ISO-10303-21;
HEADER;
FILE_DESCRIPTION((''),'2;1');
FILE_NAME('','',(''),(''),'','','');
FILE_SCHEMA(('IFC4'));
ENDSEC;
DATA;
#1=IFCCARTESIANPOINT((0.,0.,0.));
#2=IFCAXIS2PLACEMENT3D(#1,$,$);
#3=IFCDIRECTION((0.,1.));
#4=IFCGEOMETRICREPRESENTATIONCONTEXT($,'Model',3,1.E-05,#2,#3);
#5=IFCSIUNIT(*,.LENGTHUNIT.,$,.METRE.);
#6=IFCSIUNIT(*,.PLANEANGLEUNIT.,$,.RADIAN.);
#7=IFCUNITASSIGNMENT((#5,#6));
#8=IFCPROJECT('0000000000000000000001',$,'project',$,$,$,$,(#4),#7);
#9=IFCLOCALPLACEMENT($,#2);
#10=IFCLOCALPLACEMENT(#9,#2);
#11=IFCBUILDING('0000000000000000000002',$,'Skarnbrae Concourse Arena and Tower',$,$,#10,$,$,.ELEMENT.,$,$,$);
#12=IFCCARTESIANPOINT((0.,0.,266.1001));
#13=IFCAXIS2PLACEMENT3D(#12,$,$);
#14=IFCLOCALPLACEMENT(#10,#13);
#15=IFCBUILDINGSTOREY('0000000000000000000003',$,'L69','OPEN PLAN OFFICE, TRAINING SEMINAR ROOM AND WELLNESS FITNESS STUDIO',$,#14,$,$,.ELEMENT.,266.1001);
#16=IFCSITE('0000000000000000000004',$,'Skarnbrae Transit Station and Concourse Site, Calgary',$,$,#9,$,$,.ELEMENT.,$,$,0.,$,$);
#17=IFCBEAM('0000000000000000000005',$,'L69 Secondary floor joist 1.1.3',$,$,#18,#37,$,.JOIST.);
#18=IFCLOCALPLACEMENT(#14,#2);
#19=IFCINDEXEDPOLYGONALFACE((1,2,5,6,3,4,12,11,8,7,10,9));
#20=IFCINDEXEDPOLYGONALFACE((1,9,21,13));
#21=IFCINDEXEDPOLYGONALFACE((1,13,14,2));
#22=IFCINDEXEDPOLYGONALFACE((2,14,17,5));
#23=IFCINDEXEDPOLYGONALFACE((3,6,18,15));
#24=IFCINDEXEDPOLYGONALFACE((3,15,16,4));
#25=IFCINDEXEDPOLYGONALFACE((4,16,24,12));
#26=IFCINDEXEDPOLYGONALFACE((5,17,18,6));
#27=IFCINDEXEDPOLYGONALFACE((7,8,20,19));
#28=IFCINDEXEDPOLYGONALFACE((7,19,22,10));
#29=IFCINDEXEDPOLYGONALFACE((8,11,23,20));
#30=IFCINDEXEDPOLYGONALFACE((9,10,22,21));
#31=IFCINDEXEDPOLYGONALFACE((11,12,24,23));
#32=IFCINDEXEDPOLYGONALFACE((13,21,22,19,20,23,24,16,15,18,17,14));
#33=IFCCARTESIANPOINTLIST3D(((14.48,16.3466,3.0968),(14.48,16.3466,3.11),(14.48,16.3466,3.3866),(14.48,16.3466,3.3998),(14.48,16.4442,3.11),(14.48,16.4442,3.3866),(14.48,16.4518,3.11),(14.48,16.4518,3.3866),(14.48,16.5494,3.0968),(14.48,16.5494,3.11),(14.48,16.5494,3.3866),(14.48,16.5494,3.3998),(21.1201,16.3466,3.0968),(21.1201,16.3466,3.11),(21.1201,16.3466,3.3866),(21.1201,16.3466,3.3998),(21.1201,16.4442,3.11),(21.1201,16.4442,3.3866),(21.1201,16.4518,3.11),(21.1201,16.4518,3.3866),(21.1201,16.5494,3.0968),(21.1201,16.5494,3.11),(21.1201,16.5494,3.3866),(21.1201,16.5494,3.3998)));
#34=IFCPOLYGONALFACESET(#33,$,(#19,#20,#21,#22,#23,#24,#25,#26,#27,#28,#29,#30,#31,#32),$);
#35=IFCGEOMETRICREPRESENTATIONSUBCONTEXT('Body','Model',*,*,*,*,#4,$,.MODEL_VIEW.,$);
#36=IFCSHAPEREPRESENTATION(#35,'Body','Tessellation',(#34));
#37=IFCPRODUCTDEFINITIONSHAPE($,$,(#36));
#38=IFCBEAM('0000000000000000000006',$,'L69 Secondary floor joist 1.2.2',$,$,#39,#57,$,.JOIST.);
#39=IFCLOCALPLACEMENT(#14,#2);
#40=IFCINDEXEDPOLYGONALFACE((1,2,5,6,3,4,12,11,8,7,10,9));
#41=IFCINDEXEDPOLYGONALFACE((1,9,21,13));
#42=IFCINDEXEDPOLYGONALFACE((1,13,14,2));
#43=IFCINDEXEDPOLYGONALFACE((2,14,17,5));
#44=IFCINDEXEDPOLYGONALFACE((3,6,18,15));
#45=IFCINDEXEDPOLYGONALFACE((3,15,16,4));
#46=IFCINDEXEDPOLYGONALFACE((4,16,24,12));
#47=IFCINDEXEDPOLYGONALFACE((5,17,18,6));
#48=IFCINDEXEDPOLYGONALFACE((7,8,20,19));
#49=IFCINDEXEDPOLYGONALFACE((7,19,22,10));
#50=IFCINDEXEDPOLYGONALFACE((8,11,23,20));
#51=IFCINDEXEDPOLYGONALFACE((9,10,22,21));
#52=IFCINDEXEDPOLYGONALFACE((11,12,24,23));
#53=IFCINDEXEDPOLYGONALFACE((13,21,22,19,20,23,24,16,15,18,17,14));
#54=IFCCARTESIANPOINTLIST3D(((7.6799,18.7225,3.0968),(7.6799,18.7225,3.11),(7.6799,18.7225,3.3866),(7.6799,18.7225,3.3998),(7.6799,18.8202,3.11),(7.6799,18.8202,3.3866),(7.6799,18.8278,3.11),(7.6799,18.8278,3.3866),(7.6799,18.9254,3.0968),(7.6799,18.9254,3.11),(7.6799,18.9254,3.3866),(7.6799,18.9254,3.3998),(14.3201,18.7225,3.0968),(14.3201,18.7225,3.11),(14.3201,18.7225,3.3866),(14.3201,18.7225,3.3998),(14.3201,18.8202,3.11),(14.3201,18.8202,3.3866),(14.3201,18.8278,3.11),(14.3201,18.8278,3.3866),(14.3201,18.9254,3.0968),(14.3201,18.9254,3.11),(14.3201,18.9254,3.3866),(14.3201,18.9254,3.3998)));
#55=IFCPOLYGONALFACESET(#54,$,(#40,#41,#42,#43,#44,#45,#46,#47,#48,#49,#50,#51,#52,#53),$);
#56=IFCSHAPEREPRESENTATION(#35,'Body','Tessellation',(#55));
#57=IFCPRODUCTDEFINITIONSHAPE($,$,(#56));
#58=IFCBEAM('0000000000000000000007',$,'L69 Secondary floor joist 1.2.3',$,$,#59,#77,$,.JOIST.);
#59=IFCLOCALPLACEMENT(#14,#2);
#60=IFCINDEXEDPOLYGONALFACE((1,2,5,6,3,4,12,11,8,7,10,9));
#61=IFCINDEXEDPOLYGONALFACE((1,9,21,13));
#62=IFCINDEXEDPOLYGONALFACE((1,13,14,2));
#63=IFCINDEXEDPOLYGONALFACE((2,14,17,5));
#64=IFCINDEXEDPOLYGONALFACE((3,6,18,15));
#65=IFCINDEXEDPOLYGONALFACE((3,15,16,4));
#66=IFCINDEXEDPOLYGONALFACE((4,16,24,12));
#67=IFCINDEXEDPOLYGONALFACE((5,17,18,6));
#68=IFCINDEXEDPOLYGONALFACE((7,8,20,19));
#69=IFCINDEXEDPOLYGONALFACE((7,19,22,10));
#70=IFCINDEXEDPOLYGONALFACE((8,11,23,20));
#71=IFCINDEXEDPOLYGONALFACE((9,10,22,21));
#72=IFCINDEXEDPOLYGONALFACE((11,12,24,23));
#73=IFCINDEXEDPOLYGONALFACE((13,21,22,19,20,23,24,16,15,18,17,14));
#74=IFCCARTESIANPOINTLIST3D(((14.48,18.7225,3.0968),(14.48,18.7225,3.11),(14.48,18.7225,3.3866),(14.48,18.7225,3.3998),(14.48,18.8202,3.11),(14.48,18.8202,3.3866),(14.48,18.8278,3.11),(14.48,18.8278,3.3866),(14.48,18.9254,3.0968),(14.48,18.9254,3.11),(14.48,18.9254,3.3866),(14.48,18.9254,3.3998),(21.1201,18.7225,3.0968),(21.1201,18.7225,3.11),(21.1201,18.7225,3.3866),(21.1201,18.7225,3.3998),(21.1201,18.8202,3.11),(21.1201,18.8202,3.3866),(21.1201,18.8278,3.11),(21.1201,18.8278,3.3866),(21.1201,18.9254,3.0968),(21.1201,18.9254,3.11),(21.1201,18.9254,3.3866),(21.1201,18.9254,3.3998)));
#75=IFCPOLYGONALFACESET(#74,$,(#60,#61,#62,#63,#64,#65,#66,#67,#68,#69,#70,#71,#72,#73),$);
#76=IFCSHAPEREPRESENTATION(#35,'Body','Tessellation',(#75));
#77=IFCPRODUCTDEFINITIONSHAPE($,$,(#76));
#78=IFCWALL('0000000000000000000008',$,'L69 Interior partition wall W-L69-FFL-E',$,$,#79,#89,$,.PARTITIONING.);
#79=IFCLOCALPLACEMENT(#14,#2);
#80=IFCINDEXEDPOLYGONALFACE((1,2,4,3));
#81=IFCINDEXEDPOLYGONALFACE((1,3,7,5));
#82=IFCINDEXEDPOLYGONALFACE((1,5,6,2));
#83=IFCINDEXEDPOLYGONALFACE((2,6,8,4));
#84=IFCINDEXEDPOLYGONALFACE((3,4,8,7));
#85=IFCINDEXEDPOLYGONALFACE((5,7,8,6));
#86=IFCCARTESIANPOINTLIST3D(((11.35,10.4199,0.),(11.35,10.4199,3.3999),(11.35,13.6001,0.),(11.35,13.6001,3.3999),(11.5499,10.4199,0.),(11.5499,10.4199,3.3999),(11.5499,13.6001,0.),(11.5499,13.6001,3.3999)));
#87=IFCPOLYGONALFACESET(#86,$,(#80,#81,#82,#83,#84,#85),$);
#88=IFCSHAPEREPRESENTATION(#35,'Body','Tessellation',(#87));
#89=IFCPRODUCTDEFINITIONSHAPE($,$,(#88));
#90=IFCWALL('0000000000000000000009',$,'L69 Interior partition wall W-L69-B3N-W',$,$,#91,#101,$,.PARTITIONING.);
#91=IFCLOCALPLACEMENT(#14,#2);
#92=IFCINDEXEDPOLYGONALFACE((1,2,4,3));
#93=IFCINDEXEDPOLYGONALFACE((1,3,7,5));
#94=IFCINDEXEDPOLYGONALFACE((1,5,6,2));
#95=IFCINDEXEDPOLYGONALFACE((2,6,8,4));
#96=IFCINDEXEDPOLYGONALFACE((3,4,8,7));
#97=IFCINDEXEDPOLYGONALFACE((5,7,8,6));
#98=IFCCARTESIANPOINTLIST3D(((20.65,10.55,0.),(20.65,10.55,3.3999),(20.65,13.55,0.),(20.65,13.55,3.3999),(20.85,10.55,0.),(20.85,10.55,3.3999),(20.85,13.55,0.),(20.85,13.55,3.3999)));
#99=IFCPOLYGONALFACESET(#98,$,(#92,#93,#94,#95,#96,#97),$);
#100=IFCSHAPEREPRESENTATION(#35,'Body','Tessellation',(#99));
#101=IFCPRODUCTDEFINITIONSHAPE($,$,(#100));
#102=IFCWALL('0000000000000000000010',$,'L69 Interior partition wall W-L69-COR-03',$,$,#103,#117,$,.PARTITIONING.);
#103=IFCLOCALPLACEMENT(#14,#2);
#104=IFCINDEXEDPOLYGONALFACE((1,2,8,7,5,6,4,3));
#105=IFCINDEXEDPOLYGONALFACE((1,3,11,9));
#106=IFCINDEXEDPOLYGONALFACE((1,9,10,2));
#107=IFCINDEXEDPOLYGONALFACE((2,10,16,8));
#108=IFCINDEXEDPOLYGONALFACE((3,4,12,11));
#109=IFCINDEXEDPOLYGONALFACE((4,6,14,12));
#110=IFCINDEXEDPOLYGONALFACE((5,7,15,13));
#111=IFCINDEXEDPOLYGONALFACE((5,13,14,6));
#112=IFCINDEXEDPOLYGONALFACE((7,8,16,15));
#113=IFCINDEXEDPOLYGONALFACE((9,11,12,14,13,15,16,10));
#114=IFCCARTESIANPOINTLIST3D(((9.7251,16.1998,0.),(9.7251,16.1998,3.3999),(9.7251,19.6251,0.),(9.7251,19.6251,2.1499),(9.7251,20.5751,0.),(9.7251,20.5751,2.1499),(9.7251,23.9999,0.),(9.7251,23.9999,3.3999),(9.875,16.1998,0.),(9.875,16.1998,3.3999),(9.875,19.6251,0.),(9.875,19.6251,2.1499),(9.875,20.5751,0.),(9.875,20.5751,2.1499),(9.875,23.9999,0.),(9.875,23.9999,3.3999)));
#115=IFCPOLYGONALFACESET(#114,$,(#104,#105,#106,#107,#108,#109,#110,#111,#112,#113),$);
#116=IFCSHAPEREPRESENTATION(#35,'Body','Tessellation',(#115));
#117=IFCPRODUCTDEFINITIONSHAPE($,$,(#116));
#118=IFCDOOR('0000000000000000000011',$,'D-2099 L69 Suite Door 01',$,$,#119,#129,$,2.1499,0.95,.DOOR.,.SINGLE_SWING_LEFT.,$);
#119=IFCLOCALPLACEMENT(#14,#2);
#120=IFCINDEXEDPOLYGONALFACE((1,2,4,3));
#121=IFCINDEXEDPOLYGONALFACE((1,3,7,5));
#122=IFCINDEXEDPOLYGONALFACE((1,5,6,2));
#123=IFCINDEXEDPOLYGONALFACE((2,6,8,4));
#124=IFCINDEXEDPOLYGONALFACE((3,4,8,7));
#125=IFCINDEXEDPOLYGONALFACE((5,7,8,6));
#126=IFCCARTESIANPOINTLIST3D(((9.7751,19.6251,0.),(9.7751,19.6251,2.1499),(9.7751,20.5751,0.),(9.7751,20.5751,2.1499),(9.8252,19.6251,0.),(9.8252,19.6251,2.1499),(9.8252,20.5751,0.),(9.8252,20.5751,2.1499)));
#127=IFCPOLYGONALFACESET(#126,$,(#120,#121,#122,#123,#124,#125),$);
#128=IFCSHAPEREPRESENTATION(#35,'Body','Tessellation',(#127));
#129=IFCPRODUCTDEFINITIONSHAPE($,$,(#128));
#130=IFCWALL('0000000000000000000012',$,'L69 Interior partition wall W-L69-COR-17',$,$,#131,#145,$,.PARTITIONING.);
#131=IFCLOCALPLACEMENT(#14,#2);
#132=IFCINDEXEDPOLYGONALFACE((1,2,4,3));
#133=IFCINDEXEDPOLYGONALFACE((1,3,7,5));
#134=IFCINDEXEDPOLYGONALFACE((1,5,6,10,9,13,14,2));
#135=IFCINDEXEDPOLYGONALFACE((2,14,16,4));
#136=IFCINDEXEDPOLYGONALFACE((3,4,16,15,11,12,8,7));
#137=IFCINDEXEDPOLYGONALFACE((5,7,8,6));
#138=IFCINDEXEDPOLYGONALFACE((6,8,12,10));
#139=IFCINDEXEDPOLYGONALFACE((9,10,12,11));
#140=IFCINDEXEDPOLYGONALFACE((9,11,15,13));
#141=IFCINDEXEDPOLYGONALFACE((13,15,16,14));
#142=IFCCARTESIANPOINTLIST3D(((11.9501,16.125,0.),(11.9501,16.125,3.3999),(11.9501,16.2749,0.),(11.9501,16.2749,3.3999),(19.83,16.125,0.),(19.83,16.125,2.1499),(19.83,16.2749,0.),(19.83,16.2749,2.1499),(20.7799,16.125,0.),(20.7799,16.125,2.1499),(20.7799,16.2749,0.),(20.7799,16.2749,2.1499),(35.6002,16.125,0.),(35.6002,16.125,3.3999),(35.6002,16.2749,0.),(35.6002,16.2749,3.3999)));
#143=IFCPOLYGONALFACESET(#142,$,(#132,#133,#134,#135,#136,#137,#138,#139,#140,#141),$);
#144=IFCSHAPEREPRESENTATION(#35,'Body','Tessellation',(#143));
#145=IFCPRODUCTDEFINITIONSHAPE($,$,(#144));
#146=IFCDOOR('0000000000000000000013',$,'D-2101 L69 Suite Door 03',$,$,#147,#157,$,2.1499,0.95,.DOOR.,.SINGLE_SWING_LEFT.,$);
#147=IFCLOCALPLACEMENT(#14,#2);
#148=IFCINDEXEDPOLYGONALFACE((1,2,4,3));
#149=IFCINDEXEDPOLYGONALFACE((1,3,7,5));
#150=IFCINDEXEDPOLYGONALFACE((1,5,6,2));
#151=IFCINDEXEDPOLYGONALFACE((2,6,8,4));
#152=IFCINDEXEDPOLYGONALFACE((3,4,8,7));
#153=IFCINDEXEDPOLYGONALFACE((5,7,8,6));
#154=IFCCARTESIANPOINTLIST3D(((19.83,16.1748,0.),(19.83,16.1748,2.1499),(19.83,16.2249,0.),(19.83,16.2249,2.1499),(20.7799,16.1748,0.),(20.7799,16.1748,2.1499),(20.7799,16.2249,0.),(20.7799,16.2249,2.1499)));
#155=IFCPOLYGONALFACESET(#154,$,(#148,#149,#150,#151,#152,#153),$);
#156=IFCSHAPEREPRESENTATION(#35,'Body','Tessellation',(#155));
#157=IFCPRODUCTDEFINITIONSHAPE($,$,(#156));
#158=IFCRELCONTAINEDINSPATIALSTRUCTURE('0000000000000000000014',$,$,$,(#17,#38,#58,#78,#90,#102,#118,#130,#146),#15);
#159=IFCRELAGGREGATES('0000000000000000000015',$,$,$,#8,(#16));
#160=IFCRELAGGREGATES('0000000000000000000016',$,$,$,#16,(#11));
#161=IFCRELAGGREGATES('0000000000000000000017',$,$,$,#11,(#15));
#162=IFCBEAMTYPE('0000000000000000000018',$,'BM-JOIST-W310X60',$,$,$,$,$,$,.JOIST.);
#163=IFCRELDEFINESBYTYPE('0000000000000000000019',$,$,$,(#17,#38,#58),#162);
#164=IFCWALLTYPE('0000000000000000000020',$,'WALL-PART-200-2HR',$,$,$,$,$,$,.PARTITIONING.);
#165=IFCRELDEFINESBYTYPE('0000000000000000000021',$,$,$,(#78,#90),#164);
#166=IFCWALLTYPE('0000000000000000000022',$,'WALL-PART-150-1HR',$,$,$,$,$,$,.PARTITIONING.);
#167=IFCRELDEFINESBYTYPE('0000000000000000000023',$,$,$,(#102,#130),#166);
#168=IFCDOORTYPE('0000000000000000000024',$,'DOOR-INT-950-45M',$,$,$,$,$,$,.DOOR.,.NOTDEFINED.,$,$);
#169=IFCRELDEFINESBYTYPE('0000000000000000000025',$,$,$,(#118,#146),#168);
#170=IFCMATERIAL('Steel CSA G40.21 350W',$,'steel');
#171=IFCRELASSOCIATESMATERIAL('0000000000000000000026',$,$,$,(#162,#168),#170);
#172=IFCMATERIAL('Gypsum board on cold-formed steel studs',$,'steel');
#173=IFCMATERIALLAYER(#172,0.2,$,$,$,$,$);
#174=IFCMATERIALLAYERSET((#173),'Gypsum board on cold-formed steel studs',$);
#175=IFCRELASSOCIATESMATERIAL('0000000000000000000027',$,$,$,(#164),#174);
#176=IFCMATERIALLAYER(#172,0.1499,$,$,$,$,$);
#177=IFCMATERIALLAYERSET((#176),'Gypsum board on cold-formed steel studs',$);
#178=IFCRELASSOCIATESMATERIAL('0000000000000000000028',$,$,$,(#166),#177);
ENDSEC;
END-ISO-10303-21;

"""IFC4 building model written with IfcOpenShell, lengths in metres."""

from ifc_helpers import new_model, si_unit, direction, frame, frame_2d, origin, origin_2d, place, context, subcontext, project, spatial, rectangle, i_section, extrude, source, transform, mapped, material, layer, layer_set, material_profile, profile_set, type_object, element, fill, save


model = new_model("IFC4")

# Units and contexts
model_context = context("Model", 3, precision=1e-05, world=origin(), true_north=direction((0.0, 1.0)))
body_context = subcontext(model_context, "Body", "Model", "MODEL_VIEW")
ifc_project = project(units=[si_unit("LENGTHUNIT", "METRE"), si_unit("PLANEANGLEUNIT", "RADIAN")], contexts=[model_context])

# Site, building, storey
site_placement = place(None, origin())
site = spatial("IfcSite", under=ifc_project, at=site_placement, Name="Skarnbrae Transit Station and Concourse Site, Calgary", CompositionType="ELEMENT", RefElevation=0.0)
building_placement = place(site_placement, origin())
building = spatial("IfcBuilding", under=site, at=building_placement, Name="Skarnbrae Concourse Arena and Tower", CompositionType="ELEMENT")
storey_placement = place(building_placement, frame((0.0, 0.0, 266.1001)))
storey = spatial("IfcBuildingStorey", under=building, at=storey_placement, Name="L69", Description="OPEN PLAN OFFICE, TRAINING SEMINAR ROOM AND WELLNESS FITNESS STUDIO", CompositionType="ELEMENT", Elevation=266.1001)

# Shared definitions
ifc_material_1 = material(Name="Steel CSA G40.21 350W", Category="steel")

# Beams
ifc_material_profile_1 = material_profile(ifc_material_1, i_section(OverallWidth=0.2029, OverallDepth=0.303, WebThickness=0.0076, FlangeThickness=0.0132, at=origin_2d()), Name="W310X60")
ifc_profile_set_1 = profile_set([ifc_material_profile_1], Name="Steel CSA G40.21 350W")
beam_type_1 = type_object("IfcBeamType", Name="BM-JOIST-W310X60", PredefinedType="JOIST", material=ifc_profile_set_1)
shared_shape_1 = source(origin(), body_context, "Body", "SweptSolid", [
    extrude(i_section(OverallWidth=0.2029, OverallDepth=0.303, WebThickness=0.0076, FlangeThickness=0.0132, at=origin_2d()), origin(), (0.0, 0.0, 1.0), 6.6401),
])
for number, where, z_axis, x_axis, name in (
    (1, (14.48, 16.448, 3.2483), (1.0, 0.0, 0.0), (0.0, 1.0, 0.0), "L69 Secondary floor joist 1.1.3"),
    (2, (7.6799, 18.824, 3.2483), (1.0, 0.0, 0.0), (0.0, 1.0, 0.0), "L69 Secondary floor joist 1.2.2"),
    (3, (14.48, 18.824, 3.2483), (1.0, 0.0, 0.0), (0.0, 1.0, 0.0), "L69 Secondary floor joist 1.2.3"),
):
    element("IfcBeam", number, at=place(storey_placement, frame(where, z_axis=z_axis, x_axis=x_axis)), inside=storey, type_object=beam_type_1, Name=name, PredefinedType="JOIST", context=body_context, shape_type="MappedRepresentation", body=[
        mapped(shared_shape_1, transform((0.0, 0.0, 0.0))),
    ])

# Wall
ifc_material_2 = material(Name="Gypsum board on cold-formed steel studs", Category="steel")
ifc_layer_1 = layer(ifc_material_2, 0.2)
ifc_layer_set_1 = layer_set([ifc_layer_1], Name="Gypsum board on cold-formed steel studs")
wall_type_1 = type_object("IfcWallType", Name="WALL-PART-200-2HR", PredefinedType="PARTITIONING", material=ifc_layer_set_1)
shared_shape_2 = source(origin(), body_context, "Body", "SweptSolid", [
    extrude(rectangle(XDim=3.1802, YDim=0.2, at=frame_2d((1.5901, 0.0))), origin(), (0.0, 0.0, 1.0), 3.3999),
])
wall_1_placement = place(storey_placement, frame((11.45, 10.4199, 0.0), z_axis=(0.0, 0.0, 1.0), x_axis=(0.0, 1.0, 0.0)))
element("IfcWall", 4, at=wall_1_placement, inside=storey, type_object=wall_type_1, Name="L69 Interior partition wall W-L69-FFL-E", PredefinedType="PARTITIONING", context=body_context, shape_type="MappedRepresentation", body=[
    mapped(shared_shape_2, transform((0.0, 0.0, 0.0))),
])

# Wall
shared_shape_3 = source(origin(), body_context, "Body", "SweptSolid", [
    extrude(rectangle(XDim=3.0, YDim=0.2, at=frame_2d((1.5, 0.0))), origin(), (0.0, 0.0, 1.0), 3.3999),
])
wall_2_placement = place(storey_placement, frame((20.75, 10.55, 0.0), z_axis=(0.0, 0.0, 1.0), x_axis=(0.0, 1.0, 0.0)))
element("IfcWall", 5, at=wall_2_placement, inside=storey, type_object=wall_type_1, Name="L69 Interior partition wall W-L69-B3N-W", PredefinedType="PARTITIONING", context=body_context, shape_type="MappedRepresentation", body=[
    mapped(shared_shape_3, transform((0.0, 0.0, 0.0))),
])

# Walls, openings, doors
ifc_layer_2 = layer(ifc_material_2, 0.1499)
ifc_layer_set_2 = layer_set([ifc_layer_2], Name="Gypsum board on cold-formed steel studs")
wall_type_2 = type_object("IfcWallType", Name="WALL-PART-150-1HR", PredefinedType="PARTITIONING", material=ifc_layer_set_2)
shared_shape_4 = source(origin(), body_context, "Body", "SweptSolid", [
    extrude(rectangle(XDim=7.8, YDim=0.1499, at=frame_2d((3.8999, 0.0))), origin(), (0.0, 0.0, 1.0), 3.3999),
])
wall_3_placement = place(storey_placement, frame((9.8, 16.2, 0.0), z_axis=(0.0, 0.0, 1.0), x_axis=(0.0, 1.0, 0.0)))
wall_3 = element("IfcWall", 6, at=wall_3_placement, inside=storey, type_object=wall_type_2, Name="L69 Interior partition wall W-L69-COR-03", PredefinedType="PARTITIONING", context=body_context, shape_type="MappedRepresentation", body=[
    mapped(shared_shape_4, transform((0.0, 0.0, 0.0))),
])
opening_1_placement = place(wall_3_placement, frame((3.425, 0.0, 0.0)))
opening_1 = element("IfcOpeningElement", 7, at=opening_1_placement, cuts=wall_3, PredefinedType="OPENING", context=body_context, shape_type="SweptSolid", body=[
    extrude(rectangle(XDim=0.95, YDim=2.1499, at=frame_2d((0.4751, 1.075))), frame((0.0, 0.085, 0.0), z_axis=(0.0, -1.0, 0.0), x_axis=(1.0, 0.0, 0.0)), (0.0, 0.0, 1.0), 0.1699),
])
door_type_1 = type_object("IfcDoorType", Name="DOOR-INT-950-45M", OperationType="NOTDEFINED", PredefinedType="DOOR", material=ifc_material_1)
shared_shape_5 = source(origin(), body_context, "Body", "SweptSolid", [
    extrude(rectangle(XDim=0.95, YDim=2.1499, at=frame_2d((0.4751, 1.075))), frame((0.0, 0.0249, 0.0), z_axis=(0.0, -1.0, 0.0), x_axis=(1.0, 0.0, 0.0)), (0.0, 0.0, 1.0), 0.05),
])
door_1_placement = place(opening_1_placement, origin())
door_1 = element("IfcDoor", 8, at=door_1_placement, inside=storey, type_object=door_type_1, Name="D-2099 L69 Suite Door 01", OperationType="SINGLE_SWING_LEFT", OverallHeight=2.1499, OverallWidth=0.95, PredefinedType="DOOR", context=body_context, shape_type="MappedRepresentation", body=[
    mapped(shared_shape_5, transform((0.0, 0.0, 0.0))),
])
fill(opening_1, door_1)
shared_shape_6 = source(origin(), body_context, "Body", "SweptSolid", [
    extrude(rectangle(XDim=23.6501, YDim=0.1499, at=frame_2d((11.8252, 0.0))), origin(), (0.0, 0.0, 1.0), 3.3999),
])
wall_4_placement = place(storey_placement, frame((11.95, 16.2, 0.0), z_axis=(0.0, 0.0, 1.0), x_axis=(1.0, 0.0, 0.0)))
wall_4 = element("IfcWall", 9, at=wall_4_placement, inside=storey, type_object=wall_type_2, Name="L69 Interior partition wall W-L69-COR-17", PredefinedType="PARTITIONING", context=body_context, shape_type="MappedRepresentation", body=[
    mapped(shared_shape_6, transform((0.0, 0.0, 0.0))),
])
opening_2_placement = place(wall_4_placement, frame((7.8799, 0.0, 0.0)))
opening_2 = element("IfcOpeningElement", 10, at=opening_2_placement, cuts=wall_4, PredefinedType="OPENING", context=body_context, shape_type="SweptSolid", body=[
    extrude(rectangle(XDim=0.95, YDim=2.1499, at=frame_2d((0.4751, 1.075))), frame((0.0, 0.085, 0.0), z_axis=(0.0, -1.0, 0.0), x_axis=(1.0, 0.0, 0.0)), (0.0, 0.0, 1.0), 0.1699),
])
door_2_placement = place(opening_2_placement, origin())
door_2 = element("IfcDoor", 11, at=door_2_placement, inside=storey, type_object=door_type_1, Name="D-2101 L69 Suite Door 03", OperationType="SINGLE_SWING_LEFT", OverallHeight=2.1499, OverallWidth=0.95, PredefinedType="DOOR", context=body_context, shape_type="MappedRepresentation", body=[
    mapped(shared_shape_5, transform((0.0, 0.0, 0.0))),
])
fill(opening_2, door_2)

save(model, "model.ifc")
